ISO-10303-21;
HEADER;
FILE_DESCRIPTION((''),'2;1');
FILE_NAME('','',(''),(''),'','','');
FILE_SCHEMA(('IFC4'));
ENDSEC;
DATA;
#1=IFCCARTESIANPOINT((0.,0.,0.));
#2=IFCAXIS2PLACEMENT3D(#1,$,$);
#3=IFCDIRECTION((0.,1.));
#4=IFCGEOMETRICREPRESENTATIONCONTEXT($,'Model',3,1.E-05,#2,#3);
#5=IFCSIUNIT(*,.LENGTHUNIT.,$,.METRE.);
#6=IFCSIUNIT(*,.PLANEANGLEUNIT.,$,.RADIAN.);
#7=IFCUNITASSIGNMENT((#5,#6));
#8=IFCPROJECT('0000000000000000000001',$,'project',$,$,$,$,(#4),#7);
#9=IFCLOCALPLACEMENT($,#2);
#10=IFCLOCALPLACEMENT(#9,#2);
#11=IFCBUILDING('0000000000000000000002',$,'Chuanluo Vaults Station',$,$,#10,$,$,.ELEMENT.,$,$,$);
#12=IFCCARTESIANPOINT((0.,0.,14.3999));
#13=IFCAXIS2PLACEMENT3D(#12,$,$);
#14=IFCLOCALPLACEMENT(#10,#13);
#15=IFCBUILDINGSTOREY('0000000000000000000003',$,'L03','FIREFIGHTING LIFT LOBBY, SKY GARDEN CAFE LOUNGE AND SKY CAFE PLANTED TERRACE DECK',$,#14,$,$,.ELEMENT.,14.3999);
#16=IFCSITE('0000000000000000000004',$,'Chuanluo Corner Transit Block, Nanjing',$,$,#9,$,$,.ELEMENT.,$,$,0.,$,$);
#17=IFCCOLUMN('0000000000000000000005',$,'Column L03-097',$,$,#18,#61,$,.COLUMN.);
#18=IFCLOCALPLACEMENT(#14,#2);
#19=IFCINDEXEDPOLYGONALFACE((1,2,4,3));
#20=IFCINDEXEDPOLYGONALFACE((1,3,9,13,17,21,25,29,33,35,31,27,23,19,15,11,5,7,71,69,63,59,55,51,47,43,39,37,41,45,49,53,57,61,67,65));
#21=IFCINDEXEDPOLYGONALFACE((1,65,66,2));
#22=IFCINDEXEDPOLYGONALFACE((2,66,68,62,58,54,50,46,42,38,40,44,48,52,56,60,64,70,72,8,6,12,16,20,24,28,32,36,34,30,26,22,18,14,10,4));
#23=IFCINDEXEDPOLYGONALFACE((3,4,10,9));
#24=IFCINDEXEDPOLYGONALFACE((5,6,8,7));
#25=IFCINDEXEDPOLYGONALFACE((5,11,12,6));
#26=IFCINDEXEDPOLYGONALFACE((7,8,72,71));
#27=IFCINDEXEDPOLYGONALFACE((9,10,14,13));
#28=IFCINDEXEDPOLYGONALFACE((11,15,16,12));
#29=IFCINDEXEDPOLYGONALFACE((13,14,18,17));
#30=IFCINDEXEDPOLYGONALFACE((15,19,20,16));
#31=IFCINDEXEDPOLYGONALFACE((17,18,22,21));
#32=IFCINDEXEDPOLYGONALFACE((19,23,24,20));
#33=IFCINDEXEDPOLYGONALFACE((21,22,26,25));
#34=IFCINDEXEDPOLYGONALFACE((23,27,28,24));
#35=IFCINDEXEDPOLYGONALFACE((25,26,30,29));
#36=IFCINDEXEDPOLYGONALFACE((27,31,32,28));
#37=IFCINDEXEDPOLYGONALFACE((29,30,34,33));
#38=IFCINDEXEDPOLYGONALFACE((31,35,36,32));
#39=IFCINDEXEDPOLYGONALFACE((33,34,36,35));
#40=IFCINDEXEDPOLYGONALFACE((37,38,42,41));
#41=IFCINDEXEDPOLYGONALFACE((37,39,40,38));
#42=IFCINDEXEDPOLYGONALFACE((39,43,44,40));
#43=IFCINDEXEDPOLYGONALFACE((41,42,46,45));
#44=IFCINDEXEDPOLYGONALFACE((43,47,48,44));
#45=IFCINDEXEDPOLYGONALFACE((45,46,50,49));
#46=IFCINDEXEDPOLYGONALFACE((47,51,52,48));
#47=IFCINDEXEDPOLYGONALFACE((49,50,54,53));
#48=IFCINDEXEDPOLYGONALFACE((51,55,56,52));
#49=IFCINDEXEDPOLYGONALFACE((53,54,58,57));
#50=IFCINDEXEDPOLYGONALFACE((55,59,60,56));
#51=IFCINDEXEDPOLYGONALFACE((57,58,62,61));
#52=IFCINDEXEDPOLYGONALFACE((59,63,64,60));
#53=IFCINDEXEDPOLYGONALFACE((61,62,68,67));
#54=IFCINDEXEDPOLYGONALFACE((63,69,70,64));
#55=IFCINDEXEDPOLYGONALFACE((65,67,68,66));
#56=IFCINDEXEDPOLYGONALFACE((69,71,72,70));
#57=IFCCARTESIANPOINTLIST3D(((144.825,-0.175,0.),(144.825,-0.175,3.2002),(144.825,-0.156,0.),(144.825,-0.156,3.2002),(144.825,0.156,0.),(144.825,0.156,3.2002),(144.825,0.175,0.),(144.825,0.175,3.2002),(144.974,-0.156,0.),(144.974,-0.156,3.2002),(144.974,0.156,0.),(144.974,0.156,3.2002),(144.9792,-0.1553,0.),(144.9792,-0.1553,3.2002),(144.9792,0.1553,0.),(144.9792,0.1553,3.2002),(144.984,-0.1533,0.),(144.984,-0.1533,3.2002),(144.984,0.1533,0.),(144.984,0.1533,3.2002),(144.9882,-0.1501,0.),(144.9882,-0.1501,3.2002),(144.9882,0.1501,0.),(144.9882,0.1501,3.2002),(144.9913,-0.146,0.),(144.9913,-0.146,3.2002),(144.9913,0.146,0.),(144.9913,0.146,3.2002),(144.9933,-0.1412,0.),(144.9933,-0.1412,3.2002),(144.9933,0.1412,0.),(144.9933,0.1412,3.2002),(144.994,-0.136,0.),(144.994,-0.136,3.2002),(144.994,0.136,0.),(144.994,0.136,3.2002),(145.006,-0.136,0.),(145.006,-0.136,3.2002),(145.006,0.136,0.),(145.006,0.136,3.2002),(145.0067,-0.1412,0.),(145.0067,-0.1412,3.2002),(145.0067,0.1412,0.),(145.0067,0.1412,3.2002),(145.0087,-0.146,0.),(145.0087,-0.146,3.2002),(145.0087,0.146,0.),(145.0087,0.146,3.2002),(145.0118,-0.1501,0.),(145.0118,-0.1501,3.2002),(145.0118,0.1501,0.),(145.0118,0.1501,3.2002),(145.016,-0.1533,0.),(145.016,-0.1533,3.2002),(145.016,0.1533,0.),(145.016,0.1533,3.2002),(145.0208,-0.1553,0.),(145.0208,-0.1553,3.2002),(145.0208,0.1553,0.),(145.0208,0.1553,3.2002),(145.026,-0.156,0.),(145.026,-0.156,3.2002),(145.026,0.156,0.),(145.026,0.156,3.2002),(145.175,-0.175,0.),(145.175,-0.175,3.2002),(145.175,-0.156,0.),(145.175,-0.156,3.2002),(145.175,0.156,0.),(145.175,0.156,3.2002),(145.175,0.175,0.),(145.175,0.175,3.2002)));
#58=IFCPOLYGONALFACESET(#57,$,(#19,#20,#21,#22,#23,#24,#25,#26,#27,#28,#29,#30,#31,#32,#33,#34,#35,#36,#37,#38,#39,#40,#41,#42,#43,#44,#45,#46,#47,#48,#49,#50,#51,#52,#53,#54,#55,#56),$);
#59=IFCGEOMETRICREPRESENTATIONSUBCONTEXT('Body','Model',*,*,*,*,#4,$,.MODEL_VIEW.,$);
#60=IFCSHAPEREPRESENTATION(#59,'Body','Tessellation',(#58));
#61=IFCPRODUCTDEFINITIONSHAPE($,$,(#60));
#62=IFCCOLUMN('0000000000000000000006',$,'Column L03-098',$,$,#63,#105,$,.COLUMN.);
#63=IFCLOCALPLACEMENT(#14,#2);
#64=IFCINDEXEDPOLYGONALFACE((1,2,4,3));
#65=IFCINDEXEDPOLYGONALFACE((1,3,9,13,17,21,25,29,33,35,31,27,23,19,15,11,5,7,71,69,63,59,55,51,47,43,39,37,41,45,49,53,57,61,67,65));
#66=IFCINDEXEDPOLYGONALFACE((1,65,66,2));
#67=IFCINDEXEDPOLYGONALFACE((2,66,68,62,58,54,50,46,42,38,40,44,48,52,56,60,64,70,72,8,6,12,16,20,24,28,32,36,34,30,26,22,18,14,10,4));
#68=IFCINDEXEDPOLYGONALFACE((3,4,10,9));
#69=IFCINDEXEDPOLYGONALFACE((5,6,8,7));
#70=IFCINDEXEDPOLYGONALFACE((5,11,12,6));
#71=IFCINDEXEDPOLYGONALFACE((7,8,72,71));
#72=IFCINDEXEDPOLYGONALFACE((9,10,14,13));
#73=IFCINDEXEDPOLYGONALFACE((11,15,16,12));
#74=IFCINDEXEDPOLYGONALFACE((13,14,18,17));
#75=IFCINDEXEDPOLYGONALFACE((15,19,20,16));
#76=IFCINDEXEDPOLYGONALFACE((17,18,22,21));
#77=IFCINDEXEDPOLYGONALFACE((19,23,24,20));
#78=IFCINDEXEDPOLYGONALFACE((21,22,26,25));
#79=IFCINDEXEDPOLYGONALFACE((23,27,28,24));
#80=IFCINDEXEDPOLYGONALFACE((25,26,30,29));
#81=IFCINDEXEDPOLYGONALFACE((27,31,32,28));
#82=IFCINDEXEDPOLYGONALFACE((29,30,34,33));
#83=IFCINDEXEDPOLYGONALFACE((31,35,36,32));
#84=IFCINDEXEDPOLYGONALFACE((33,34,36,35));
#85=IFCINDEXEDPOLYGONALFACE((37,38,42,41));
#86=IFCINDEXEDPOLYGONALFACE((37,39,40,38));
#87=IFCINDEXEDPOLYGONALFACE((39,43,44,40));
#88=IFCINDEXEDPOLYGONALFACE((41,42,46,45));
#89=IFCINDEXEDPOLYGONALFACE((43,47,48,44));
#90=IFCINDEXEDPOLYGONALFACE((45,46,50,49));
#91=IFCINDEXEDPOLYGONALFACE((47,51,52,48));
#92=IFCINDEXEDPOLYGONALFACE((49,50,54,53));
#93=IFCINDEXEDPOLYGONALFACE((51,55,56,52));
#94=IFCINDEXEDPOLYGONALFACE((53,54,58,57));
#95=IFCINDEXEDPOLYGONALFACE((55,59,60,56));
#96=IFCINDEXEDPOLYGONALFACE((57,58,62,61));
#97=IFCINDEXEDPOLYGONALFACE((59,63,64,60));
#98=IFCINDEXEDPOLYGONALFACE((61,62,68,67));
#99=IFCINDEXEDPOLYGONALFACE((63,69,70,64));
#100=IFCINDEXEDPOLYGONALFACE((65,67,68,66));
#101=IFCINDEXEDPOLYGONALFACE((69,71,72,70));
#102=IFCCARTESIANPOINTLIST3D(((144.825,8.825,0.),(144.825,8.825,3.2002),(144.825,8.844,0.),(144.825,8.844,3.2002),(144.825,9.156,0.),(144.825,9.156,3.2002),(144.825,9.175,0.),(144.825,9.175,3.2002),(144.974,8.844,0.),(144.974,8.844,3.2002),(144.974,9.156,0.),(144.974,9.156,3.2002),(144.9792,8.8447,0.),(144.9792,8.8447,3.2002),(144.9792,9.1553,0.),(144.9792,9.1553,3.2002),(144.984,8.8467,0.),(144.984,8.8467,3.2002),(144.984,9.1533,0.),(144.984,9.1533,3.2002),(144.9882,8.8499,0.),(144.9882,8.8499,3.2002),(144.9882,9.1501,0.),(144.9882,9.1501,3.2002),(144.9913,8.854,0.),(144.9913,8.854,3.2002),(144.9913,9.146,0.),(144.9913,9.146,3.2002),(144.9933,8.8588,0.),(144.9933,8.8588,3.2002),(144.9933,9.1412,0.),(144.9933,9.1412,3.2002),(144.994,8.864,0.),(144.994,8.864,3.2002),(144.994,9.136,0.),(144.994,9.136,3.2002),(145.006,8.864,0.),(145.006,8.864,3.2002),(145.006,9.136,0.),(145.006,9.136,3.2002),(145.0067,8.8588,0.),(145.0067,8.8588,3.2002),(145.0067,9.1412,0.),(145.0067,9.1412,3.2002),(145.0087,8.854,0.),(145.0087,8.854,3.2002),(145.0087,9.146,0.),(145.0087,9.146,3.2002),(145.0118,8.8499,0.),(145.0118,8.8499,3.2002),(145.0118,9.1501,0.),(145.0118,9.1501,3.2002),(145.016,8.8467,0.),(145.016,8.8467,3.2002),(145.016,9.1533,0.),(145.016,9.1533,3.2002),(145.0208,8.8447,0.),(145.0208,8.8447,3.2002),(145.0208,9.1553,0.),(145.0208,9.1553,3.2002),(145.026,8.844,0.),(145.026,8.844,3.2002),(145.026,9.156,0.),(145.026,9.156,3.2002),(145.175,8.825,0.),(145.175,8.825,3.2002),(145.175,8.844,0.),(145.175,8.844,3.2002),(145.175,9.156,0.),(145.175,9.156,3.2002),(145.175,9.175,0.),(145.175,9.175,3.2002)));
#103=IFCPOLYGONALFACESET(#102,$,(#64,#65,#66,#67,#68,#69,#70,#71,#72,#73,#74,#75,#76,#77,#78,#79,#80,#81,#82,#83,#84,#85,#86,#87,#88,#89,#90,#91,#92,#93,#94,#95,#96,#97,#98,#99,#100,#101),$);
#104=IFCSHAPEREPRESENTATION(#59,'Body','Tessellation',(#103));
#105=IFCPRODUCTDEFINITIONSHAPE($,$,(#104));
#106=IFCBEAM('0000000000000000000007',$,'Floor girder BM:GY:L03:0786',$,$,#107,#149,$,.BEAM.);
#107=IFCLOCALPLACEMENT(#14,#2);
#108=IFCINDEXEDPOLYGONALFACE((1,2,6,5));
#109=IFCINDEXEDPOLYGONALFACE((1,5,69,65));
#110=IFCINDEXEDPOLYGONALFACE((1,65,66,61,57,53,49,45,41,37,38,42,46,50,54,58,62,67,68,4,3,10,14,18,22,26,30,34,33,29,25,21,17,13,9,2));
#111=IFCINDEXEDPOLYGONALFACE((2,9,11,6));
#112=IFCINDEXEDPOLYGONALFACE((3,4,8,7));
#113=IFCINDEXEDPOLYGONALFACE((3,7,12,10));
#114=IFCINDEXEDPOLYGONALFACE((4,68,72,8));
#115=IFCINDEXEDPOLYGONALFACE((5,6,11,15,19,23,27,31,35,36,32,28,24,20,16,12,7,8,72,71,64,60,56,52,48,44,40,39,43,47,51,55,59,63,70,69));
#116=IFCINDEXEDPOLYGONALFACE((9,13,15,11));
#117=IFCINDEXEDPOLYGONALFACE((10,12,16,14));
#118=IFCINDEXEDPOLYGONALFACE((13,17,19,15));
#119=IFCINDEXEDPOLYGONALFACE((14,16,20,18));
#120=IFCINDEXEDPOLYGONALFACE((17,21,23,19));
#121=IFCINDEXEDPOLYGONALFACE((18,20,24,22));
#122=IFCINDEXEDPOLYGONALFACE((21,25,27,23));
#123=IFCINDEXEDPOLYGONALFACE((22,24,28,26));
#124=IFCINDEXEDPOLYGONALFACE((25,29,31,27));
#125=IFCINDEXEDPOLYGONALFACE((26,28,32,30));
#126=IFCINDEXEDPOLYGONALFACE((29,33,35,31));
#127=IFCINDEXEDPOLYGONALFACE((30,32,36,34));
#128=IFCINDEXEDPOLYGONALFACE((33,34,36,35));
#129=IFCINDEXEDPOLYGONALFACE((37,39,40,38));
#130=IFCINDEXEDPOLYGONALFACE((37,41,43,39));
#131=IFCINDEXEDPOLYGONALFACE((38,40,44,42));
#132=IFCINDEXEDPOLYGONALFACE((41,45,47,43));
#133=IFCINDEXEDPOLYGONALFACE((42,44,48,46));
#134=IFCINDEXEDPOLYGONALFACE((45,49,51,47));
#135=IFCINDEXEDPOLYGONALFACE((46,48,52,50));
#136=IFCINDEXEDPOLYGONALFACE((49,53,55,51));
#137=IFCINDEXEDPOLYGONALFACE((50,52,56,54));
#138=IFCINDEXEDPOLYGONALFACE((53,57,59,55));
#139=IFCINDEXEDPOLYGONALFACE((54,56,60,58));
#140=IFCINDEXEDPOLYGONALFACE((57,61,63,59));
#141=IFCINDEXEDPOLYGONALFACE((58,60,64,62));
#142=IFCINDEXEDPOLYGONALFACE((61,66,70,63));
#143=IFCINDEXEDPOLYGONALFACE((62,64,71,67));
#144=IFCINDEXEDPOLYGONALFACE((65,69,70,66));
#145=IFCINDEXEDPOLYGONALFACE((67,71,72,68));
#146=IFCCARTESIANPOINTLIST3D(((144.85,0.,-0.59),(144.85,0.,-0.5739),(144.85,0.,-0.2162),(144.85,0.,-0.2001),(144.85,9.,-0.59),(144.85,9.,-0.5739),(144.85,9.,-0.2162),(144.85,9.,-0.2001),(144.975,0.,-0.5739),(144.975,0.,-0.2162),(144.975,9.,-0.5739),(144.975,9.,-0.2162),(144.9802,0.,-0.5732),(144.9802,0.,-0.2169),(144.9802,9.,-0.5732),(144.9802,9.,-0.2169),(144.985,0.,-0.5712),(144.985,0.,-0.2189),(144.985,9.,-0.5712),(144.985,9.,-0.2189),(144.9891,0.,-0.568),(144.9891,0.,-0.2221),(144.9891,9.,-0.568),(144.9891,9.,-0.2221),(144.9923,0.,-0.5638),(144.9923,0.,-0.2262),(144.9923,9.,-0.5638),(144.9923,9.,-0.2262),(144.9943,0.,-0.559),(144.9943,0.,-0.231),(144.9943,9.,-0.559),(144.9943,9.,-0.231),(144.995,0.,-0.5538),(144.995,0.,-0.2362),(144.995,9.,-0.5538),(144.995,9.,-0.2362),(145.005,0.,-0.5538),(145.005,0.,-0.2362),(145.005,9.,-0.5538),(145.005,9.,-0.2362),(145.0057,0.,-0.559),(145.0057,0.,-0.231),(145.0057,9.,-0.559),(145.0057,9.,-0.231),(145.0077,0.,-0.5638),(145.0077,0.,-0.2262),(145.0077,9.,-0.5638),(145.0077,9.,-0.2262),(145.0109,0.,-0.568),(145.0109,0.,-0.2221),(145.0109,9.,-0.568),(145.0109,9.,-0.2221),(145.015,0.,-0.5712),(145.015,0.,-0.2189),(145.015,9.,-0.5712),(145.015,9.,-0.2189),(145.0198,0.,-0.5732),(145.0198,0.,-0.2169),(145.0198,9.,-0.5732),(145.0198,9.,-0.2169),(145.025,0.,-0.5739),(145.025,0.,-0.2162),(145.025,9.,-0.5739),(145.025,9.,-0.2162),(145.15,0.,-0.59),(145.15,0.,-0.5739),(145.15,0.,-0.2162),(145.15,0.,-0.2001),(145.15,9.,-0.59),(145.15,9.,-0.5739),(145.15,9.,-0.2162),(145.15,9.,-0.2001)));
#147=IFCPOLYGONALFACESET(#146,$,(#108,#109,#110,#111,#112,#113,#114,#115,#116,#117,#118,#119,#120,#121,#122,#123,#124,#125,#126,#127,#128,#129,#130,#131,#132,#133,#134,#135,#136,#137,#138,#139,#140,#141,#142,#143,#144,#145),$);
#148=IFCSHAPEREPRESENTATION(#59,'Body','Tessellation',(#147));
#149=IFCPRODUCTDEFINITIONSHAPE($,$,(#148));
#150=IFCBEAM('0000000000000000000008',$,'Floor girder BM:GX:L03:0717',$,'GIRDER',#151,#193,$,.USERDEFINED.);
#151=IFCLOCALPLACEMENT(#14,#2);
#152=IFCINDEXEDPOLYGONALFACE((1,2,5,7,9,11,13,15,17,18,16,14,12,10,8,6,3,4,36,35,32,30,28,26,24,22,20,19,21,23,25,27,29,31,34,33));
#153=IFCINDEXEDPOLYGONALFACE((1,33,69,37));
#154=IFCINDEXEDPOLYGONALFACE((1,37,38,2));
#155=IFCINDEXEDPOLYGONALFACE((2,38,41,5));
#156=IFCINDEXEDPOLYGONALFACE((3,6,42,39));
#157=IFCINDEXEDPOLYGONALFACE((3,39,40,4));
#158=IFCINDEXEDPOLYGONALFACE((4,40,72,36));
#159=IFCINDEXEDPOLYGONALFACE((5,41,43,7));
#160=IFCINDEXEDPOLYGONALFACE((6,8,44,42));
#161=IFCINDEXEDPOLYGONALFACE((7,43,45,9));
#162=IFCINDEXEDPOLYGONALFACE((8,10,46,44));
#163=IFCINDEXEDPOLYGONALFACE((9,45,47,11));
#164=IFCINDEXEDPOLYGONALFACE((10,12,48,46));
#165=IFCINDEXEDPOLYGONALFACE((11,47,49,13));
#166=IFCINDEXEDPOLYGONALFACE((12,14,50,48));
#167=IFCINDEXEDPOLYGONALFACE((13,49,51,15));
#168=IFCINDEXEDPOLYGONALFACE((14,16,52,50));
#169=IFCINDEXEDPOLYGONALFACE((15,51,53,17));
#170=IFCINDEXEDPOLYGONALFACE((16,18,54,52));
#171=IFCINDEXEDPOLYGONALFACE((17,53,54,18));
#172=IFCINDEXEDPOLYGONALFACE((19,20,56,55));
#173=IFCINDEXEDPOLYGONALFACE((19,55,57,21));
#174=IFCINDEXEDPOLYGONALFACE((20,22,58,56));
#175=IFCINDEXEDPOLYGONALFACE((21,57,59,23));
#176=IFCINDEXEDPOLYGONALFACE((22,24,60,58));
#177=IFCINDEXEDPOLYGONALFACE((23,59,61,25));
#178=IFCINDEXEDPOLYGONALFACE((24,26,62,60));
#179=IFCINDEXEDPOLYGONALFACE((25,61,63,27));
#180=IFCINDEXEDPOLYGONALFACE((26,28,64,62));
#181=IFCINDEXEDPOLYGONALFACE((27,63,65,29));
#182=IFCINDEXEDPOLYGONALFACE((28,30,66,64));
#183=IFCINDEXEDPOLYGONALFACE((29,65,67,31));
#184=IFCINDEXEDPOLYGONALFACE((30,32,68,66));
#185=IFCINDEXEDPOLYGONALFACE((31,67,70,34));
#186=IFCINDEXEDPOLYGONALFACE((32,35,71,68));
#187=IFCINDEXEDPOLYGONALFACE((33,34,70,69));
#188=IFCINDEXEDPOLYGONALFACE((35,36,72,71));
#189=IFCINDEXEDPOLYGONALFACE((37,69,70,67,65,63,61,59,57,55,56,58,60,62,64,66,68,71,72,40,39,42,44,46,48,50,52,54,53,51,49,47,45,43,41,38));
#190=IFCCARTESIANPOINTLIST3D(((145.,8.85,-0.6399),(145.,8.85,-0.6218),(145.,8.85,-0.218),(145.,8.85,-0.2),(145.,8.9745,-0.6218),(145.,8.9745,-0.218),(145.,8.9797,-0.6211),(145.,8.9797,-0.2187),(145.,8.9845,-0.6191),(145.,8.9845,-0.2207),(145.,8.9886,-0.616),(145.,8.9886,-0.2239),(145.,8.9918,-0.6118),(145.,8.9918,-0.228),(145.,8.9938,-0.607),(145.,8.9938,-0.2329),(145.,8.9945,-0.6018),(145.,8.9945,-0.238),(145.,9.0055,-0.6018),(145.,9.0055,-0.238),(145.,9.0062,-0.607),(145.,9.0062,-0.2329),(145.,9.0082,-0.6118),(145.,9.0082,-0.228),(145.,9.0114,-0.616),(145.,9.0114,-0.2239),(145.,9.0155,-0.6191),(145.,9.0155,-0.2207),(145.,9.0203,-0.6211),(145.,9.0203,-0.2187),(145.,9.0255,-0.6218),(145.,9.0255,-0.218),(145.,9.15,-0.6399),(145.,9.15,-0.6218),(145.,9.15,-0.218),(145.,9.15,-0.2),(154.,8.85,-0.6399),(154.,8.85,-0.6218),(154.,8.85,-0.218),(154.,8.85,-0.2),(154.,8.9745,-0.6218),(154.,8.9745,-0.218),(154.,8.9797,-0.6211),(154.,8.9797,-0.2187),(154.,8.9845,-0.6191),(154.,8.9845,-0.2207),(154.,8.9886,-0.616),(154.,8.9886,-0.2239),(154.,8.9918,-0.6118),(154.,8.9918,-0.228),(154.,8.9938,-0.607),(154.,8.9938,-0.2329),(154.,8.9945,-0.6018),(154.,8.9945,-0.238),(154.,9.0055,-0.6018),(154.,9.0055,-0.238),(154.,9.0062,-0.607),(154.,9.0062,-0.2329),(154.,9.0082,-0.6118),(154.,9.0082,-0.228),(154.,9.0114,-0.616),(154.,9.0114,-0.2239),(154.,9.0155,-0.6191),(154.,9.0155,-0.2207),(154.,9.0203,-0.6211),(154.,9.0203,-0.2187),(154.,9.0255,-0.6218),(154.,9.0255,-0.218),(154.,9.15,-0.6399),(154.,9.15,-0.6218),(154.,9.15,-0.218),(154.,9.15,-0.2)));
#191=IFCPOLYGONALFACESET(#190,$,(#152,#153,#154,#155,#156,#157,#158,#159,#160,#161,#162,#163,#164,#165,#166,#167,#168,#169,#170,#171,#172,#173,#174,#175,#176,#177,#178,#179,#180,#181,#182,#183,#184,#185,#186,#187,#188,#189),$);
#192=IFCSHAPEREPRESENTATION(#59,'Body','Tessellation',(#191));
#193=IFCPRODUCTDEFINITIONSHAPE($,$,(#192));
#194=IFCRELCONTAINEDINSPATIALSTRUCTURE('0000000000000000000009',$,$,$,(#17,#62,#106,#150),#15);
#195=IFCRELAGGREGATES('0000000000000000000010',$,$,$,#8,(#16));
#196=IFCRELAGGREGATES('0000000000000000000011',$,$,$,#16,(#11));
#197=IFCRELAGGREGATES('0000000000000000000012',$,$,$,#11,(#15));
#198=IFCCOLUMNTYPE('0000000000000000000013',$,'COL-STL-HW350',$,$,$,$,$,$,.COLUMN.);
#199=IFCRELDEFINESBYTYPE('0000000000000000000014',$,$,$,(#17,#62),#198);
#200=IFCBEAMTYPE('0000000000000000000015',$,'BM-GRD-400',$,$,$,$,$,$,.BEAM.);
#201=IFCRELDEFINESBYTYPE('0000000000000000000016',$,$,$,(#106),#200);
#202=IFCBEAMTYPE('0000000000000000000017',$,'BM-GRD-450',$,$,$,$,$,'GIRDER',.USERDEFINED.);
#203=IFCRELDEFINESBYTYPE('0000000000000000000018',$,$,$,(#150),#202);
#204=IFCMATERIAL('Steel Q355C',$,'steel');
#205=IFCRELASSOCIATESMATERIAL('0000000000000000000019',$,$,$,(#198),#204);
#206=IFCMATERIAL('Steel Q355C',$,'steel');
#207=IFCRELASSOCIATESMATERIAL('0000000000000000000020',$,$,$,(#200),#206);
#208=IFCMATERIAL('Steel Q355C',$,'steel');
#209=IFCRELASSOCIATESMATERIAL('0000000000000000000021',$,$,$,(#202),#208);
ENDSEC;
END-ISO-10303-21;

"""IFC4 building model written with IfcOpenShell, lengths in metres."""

from ifc_helpers import new_model, si_unit, direction, frame, origin, origin_2d, place, context, subcontext, project, spatial, i_section, extrude, material, material_profile, profile_set, type_object, element, save


model = new_model("IFC4")

# Units and contexts
model_context = context("Model", 3, precision=1e-05, world=origin(), true_north=direction((0.0, 1.0)))
body_context = subcontext(model_context, "Body", "Model", "MODEL_VIEW")
ifc_project = project(units=[si_unit("LENGTHUNIT", "METRE"), si_unit("PLANEANGLEUNIT", "RADIAN")], contexts=[model_context])

# Site, building, storey
site_placement = place(None, origin())
site = spatial("IfcSite", under=ifc_project, at=site_placement, Name="Chuanluo Corner Transit Block, Nanjing", CompositionType="ELEMENT", RefElevation=0.0)
building_placement = place(site_placement, origin())
building = spatial("IfcBuilding", under=site, at=building_placement, Name="Chuanluo Vaults Station", CompositionType="ELEMENT")
storey_placement = place(building_placement, frame((0.0, 0.0, 14.3999)))
storey = spatial("IfcBuildingStorey", under=building, at=storey_placement, Name="L03", Description="FIREFIGHTING LIFT LOBBY, SKY GARDEN CAFE LOUNGE AND SKY CAFE PLANTED TERRACE DECK", CompositionType="ELEMENT", Elevation=14.3999)

# Columns
ifc_material_1 = material(Name="Steel Q355C", Category="steel")
ifc_material_profile_1 = material_profile(ifc_material_1, i_section(OverallWidth=0.3501, OverallDepth=0.3501, WebThickness=0.012, FlangeThickness=0.019, FilletRadius=0.02, at=origin_2d()))
ifc_profile_set_1 = profile_set([ifc_material_profile_1], Name="Steel Q355C")
column_type = type_object("IfcColumnType", Name="COL-STL-HW350", PredefinedType="COLUMN", material=ifc_profile_set_1)
for number, where, z_axis, x_axis, name in (
    (1, (145.0, 0.0, 0.0), (0.0, 0.0, 1.0), (1.0, 0.0, 0.0), "Column L03-097"),
    (2, (145.0, 9.0, 0.0), (0.0, 0.0, 1.0), (1.0, 0.0, 0.0), "Column L03-098"),
):
    element("IfcColumn", number, at=place(storey_placement, frame(where, z_axis=z_axis, x_axis=x_axis)), inside=storey, type_object=column_type, Name=name, PredefinedType="COLUMN", context=body_context, shape_type="SweptSolid", body=[
        extrude(i_section(OverallWidth=0.3501, OverallDepth=0.3501, WebThickness=0.012, FlangeThickness=0.019, FilletRadius=0.02, at=origin_2d()), origin(), (0.0, 0.0, 1.0), 3.2002),
    ])

# Beams
ifc_material_2 = material(Name="Steel Q355C", Category="steel")
ifc_material_profile_2 = material_profile(ifc_material_2, i_section(OverallWidth=0.3, OverallDepth=0.3899, WebThickness=0.01, FlangeThickness=0.0161, FilletRadius=0.02, at=origin_2d()))
ifc_profile_set_2 = profile_set([ifc_material_profile_2], Name="Steel Q355C")
beam_type_1 = type_object("IfcBeamType", Name="BM-GRD-400", PredefinedType="BEAM", material=ifc_profile_set_2)
beam_1_placement = place(storey_placement, frame((145.0, 0.0, -0.395), z_axis=(0.0, 1.0, 0.0), x_axis=(-1.0, 0.0, 0.0)))
element("IfcBeam", 3, at=beam_1_placement, inside=storey, type_object=beam_type_1, Name="Floor girder BM:GY:L03:0786", PredefinedType="BEAM", context=body_context, shape_type="SweptSolid", body=[
    extrude(i_section(OverallWidth=0.3, OverallDepth=0.3899, WebThickness=0.01, FlangeThickness=0.0161, FilletRadius=0.02, at=origin_2d()), origin(), (0.0, 0.0, 1.0), 9.0),
])
ifc_material_3 = material(Name="Steel Q355C", Category="steel")
ifc_material_profile_3 = material_profile(ifc_material_3, i_section(OverallWidth=0.3, OverallDepth=0.4399, WebThickness=0.011, FlangeThickness=0.0181, FilletRadius=0.02, at=origin_2d()))
ifc_profile_set_3 = profile_set([ifc_material_profile_3], Name="Steel Q355C")
beam_type_2 = type_object("IfcBeamType", Name="BM-GRD-450", ElementType="GIRDER", PredefinedType="USERDEFINED", material=ifc_profile_set_3)
beam_2_placement = place(storey_placement, frame((145.0, 9.0, -0.4199), z_axis=(1.0, 0.0, 0.0), x_axis=(0.0, 1.0, 0.0)))
element("IfcBeam", 4, at=beam_2_placement, inside=storey, type_object=beam_type_2, Name="Floor girder BM:GX:L03:0717", ObjectType="GIRDER", PredefinedType="USERDEFINED", context=body_context, shape_type="SweptSolid", body=[
    extrude(i_section(OverallWidth=0.3, OverallDepth=0.4399, WebThickness=0.011, FlangeThickness=0.0181, FilletRadius=0.02, at=origin_2d()), origin(), (0.0, 0.0, 1.0), 9.0),
])

save(model, "model.ifc")
